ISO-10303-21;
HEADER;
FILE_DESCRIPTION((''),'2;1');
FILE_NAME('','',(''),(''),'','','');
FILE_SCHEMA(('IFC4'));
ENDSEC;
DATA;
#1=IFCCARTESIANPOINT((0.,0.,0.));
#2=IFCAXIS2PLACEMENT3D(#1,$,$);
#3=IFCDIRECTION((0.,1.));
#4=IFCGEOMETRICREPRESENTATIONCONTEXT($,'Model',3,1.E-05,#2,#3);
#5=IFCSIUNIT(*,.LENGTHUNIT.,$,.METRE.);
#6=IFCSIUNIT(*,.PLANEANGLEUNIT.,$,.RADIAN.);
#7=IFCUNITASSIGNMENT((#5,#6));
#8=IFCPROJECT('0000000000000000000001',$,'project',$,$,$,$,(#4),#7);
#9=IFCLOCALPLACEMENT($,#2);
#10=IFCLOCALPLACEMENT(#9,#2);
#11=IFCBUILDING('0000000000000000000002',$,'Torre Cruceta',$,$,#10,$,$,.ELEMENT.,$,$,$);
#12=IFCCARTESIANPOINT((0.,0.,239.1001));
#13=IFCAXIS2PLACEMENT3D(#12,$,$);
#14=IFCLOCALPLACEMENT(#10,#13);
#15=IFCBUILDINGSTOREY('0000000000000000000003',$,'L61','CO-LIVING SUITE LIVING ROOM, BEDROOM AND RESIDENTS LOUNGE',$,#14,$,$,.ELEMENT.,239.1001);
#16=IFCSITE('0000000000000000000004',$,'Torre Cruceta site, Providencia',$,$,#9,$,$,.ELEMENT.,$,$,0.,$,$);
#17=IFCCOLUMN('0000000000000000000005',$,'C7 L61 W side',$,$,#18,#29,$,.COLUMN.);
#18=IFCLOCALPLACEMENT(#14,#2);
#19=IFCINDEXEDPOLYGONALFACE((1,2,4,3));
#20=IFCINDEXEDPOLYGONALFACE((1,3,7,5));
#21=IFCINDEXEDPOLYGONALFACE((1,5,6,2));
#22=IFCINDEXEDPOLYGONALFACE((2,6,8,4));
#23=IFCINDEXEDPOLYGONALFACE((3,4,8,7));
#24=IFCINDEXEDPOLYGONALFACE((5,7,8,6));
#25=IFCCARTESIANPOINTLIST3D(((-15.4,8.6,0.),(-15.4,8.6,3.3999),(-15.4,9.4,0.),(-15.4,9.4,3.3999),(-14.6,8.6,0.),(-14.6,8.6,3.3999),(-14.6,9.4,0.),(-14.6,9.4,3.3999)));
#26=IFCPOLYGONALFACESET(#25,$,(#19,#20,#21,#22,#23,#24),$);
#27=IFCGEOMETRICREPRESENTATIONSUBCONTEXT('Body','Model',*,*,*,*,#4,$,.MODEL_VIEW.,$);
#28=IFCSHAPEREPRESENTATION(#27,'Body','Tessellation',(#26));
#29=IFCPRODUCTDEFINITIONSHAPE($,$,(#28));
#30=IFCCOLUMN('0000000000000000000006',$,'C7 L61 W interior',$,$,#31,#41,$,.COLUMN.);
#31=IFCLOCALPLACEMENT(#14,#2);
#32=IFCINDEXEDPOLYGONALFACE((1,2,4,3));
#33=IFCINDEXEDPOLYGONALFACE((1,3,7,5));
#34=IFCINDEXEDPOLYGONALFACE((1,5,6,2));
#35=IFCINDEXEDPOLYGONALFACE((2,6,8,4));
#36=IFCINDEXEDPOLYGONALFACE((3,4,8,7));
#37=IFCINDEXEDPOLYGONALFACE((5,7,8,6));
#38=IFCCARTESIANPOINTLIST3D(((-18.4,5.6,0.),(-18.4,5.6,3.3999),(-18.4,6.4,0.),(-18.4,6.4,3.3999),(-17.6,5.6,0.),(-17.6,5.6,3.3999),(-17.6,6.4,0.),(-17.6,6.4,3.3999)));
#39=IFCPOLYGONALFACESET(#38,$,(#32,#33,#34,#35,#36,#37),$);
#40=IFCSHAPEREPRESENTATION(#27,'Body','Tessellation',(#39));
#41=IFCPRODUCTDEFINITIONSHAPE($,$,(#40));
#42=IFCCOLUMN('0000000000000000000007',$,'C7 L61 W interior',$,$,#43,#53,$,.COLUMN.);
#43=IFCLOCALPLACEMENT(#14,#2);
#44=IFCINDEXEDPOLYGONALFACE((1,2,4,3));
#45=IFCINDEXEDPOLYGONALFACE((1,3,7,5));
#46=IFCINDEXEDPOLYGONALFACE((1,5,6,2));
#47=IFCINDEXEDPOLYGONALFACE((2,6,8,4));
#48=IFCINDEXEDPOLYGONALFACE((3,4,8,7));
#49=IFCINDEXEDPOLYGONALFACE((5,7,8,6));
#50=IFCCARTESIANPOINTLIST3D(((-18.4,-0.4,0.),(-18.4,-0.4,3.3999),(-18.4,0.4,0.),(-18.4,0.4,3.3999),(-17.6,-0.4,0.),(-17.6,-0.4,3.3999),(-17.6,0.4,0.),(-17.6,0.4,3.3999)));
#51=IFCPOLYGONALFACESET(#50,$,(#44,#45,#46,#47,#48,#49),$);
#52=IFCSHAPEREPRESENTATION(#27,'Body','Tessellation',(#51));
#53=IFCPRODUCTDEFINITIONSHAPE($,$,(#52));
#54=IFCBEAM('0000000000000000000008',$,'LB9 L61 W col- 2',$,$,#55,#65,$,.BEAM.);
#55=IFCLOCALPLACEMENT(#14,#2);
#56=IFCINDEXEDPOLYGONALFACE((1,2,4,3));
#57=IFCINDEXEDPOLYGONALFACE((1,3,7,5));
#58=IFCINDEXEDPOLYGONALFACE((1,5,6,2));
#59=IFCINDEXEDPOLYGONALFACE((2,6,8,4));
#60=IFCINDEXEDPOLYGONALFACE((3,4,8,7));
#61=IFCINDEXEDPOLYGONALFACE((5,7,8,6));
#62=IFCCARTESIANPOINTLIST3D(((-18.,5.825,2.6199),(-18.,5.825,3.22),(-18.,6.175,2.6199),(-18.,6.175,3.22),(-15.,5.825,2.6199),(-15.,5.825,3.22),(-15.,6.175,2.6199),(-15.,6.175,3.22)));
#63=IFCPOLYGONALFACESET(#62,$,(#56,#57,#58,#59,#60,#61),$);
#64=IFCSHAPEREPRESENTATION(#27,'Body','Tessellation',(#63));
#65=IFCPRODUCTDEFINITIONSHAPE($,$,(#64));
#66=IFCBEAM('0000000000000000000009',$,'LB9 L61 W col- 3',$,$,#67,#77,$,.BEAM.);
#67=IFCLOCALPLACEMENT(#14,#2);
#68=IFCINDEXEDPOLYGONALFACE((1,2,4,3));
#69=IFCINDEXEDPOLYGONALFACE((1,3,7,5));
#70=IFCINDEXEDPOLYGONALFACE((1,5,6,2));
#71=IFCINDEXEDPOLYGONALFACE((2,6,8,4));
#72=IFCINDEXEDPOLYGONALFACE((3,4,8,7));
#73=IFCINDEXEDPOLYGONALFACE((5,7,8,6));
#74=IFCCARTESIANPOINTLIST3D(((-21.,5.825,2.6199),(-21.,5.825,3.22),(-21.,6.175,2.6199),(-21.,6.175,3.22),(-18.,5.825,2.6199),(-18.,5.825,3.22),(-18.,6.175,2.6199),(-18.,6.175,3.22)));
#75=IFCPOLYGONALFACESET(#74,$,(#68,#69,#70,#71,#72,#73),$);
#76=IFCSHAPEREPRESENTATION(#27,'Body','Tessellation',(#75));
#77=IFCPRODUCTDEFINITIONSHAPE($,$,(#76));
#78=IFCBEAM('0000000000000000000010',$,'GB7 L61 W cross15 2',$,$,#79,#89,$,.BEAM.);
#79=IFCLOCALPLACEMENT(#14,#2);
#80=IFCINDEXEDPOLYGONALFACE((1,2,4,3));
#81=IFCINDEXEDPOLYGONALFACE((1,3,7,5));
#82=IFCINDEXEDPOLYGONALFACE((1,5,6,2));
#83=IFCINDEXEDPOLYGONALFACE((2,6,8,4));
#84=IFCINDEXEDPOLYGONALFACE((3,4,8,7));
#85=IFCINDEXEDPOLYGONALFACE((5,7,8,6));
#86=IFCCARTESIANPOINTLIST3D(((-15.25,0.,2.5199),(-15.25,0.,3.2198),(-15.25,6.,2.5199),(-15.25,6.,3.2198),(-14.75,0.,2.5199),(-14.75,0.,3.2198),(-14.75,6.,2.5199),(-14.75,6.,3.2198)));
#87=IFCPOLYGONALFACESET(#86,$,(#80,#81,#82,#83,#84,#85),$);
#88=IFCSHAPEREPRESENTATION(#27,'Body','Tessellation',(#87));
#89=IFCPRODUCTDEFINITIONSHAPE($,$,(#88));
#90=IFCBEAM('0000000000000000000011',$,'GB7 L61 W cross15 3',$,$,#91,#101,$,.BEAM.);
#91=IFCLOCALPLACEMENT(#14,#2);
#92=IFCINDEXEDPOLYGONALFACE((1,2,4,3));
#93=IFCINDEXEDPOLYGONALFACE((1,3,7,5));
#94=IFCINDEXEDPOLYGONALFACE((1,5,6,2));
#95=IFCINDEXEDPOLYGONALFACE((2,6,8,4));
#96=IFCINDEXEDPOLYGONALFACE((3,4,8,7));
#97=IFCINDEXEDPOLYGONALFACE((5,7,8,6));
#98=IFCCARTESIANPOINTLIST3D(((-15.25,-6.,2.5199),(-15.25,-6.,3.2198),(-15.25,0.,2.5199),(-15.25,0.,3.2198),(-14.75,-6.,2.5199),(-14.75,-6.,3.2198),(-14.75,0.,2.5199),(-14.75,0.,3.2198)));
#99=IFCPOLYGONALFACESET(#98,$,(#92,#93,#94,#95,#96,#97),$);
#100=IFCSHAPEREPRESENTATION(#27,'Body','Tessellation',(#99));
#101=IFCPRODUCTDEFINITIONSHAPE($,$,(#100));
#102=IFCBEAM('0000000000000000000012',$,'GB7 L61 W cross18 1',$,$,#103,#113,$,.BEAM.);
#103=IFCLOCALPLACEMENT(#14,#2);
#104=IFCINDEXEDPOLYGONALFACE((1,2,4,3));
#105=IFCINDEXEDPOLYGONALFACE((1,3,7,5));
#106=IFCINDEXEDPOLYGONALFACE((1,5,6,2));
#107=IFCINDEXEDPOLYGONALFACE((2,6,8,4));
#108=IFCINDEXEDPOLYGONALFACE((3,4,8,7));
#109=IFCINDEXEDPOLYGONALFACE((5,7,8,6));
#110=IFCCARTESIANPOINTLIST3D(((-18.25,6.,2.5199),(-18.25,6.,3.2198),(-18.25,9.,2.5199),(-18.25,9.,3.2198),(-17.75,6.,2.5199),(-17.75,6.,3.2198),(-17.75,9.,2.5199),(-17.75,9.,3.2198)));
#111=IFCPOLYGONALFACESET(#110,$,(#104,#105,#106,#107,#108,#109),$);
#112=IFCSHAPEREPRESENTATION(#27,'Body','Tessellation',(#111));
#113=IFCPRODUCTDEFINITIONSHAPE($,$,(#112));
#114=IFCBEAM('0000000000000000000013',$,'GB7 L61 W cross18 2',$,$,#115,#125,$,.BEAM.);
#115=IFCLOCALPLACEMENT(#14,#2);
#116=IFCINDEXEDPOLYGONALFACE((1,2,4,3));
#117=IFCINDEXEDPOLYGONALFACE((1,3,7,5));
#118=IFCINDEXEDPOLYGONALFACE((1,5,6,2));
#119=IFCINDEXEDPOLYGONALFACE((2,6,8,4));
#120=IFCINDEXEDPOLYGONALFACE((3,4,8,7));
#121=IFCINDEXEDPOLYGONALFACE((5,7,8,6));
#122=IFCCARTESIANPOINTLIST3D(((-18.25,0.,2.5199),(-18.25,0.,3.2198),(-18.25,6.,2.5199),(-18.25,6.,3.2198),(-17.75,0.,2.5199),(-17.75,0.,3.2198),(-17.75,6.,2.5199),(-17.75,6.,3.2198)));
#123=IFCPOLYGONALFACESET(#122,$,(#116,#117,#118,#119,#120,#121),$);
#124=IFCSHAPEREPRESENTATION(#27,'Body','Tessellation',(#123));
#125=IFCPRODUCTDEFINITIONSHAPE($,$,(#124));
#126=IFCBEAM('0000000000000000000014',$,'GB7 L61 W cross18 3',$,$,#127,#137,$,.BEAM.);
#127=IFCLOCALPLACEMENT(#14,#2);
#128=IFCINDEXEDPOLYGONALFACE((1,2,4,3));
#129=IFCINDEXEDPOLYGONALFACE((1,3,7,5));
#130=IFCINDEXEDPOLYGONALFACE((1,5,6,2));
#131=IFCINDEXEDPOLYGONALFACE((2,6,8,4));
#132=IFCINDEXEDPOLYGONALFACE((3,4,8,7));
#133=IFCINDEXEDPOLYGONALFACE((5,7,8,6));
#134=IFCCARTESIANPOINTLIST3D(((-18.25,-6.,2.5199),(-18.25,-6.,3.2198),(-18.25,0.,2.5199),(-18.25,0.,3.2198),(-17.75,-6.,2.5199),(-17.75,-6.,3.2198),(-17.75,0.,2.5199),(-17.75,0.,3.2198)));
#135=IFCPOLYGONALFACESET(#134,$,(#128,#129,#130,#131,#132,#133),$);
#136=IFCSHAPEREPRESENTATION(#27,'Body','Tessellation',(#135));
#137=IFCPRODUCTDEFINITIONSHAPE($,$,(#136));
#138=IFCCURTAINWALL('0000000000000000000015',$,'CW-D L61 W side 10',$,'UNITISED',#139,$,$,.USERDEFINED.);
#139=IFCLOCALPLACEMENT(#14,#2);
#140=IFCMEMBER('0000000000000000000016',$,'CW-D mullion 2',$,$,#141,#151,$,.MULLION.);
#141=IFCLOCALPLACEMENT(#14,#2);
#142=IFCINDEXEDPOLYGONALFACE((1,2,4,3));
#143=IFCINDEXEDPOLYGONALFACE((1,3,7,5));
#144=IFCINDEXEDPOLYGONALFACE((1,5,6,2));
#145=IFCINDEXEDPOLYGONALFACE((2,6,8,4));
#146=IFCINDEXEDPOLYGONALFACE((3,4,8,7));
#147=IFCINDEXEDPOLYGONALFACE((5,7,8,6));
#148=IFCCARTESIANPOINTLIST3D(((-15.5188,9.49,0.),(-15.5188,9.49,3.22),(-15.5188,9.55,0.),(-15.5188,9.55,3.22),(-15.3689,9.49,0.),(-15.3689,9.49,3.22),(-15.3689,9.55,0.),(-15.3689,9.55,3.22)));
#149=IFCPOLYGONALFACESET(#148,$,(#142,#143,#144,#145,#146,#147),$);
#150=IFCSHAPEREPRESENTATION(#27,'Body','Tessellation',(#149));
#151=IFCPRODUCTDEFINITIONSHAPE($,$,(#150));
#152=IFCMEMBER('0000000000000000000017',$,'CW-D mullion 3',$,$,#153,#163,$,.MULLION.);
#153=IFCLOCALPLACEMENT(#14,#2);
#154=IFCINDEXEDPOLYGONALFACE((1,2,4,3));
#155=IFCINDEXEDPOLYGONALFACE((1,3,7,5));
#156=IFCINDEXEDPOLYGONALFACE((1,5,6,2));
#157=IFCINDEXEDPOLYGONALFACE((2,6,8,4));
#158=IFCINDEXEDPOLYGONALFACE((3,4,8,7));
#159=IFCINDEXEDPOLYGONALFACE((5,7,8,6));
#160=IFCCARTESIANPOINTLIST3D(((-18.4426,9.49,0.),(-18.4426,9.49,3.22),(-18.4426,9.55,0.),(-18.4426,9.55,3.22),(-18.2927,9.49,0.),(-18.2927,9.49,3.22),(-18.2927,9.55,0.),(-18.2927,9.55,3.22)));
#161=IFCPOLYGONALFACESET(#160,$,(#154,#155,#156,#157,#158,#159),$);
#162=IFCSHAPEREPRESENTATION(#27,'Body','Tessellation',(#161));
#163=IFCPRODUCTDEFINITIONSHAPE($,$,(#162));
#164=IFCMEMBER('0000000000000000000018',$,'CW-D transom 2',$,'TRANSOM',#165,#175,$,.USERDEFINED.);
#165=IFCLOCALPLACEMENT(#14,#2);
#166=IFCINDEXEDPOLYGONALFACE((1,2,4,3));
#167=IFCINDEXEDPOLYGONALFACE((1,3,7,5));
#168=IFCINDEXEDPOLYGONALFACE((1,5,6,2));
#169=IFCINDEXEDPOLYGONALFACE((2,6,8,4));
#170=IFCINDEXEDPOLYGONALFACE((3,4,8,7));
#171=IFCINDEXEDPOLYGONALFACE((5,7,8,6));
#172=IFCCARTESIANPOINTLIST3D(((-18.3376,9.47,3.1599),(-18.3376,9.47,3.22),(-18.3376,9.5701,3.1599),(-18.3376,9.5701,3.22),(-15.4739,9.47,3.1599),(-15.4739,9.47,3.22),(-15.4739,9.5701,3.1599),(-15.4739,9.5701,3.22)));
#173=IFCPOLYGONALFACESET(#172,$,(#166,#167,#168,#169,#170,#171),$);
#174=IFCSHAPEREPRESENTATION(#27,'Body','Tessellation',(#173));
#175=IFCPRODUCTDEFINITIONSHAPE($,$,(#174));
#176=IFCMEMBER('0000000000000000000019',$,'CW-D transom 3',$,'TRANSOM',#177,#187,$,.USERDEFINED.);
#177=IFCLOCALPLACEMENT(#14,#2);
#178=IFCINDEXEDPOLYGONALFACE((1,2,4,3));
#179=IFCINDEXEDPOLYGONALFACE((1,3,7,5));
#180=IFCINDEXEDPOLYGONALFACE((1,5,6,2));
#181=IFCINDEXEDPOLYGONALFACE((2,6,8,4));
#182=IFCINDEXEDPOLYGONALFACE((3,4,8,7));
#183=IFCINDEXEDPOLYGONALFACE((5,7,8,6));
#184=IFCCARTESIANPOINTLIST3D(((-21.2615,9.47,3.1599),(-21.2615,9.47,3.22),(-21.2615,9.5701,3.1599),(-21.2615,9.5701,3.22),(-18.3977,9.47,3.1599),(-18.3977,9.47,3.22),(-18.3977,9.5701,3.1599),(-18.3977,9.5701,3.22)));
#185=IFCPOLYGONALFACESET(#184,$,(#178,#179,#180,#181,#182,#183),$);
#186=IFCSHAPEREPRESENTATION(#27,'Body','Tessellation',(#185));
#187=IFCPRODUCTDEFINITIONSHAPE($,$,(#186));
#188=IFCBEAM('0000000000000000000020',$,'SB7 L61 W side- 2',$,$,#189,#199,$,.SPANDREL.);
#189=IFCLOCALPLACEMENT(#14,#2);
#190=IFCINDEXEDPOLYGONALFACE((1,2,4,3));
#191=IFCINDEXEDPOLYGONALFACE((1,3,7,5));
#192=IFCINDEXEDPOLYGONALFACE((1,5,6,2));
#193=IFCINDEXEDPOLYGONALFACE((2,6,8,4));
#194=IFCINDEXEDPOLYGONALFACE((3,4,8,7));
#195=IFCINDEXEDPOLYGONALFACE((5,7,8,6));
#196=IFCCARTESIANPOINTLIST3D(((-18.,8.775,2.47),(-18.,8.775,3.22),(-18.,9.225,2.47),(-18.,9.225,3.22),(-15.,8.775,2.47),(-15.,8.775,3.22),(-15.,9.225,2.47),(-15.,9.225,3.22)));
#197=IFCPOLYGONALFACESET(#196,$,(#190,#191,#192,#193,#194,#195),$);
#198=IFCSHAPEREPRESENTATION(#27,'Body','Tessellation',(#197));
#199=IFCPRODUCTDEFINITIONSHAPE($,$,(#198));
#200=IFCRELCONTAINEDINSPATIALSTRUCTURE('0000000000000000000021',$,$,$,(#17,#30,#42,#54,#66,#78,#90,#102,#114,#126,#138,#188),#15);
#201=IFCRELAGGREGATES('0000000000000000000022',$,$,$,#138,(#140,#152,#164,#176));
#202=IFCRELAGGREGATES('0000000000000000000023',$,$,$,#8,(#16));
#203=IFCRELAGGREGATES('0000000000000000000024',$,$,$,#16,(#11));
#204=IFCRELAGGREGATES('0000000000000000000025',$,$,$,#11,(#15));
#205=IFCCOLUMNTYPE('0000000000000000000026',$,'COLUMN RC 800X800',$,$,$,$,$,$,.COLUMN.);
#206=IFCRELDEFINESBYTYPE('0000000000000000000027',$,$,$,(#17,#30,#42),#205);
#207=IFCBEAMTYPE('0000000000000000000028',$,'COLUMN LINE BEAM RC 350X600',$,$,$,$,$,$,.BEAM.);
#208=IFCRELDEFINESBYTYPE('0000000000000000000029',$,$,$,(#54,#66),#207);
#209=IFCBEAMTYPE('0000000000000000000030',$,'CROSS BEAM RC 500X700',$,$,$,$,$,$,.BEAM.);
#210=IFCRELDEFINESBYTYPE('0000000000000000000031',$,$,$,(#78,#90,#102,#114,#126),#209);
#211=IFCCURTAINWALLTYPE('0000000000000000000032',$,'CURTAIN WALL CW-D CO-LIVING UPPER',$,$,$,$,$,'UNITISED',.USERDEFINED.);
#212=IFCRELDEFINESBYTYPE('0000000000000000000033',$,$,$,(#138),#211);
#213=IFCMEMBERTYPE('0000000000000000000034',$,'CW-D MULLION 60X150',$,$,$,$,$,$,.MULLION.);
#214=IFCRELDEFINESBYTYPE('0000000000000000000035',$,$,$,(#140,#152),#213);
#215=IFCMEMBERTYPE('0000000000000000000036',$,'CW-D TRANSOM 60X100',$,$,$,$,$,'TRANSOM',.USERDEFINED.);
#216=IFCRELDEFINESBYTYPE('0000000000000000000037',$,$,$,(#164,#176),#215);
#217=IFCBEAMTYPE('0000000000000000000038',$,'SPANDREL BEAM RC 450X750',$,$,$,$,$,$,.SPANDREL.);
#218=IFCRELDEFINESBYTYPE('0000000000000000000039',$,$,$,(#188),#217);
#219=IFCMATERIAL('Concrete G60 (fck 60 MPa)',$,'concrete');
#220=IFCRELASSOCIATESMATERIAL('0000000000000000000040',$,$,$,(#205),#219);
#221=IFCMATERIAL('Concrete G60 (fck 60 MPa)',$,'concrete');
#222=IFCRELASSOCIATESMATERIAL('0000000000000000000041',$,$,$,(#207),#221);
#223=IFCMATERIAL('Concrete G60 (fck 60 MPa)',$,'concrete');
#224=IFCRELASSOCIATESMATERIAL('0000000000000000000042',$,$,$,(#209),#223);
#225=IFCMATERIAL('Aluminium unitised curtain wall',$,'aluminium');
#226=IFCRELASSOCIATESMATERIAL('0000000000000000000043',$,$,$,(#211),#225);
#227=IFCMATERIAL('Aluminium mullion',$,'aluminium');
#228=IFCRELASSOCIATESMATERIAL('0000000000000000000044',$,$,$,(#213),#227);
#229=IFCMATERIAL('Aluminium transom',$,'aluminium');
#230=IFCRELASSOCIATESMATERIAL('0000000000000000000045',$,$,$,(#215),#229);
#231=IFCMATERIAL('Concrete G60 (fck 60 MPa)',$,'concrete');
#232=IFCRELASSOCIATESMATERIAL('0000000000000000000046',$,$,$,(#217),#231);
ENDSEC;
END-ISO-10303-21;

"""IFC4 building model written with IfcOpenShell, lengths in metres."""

from ifc_helpers import new_model, si_unit, direction, frame, origin, origin_2d, place, context, subcontext, project, spatial, rectangle, extrude, material, material_profile, profile_set, type_object, element, aggregate, save


model = new_model("IFC4")

# Units and contexts
model_context = context("Model", 3, precision=1e-05, world=origin(), true_north=direction((0.0, 1.0)))
body_context = subcontext(model_context, "Body", "Model", "MODEL_VIEW")
ifc_project = project(units=[si_unit("LENGTHUNIT", "METRE"), si_unit("PLANEANGLEUNIT", "RADIAN")], contexts=[model_context])

# Site, building, storey
site_placement = place(None, origin())
site = spatial("IfcSite", under=ifc_project, at=site_placement, Name="Torre Cruceta site, Providencia", CompositionType="ELEMENT", RefElevation=0.0)
building_placement = place(site_placement, origin())
building = spatial("IfcBuilding", under=site, at=building_placement, Name="Torre Cruceta", CompositionType="ELEMENT")
storey_placement = place(building_placement, frame((0.0, 0.0, 239.1001)))
storey = spatial("IfcBuildingStorey", under=building, at=storey_placement, Name="L61", Description="CO-LIVING SUITE LIVING ROOM, BEDROOM AND RESIDENTS LOUNGE", CompositionType="ELEMENT", Elevation=239.1001)

# Columns
ifc_material_1 = material(Name="Concrete G60 (fck 60 MPa)", Category="concrete")
ifc_material_profile_1 = material_profile(ifc_material_1, rectangle(XDim=0.8, YDim=0.8, at=origin_2d()), Name="RC 800X800")
ifc_profile_set_1 = profile_set([ifc_material_profile_1], Name="Concrete G60 (fck 60 MPa)")
column_type = type_object("IfcColumnType", Name="COLUMN RC 800X800", PredefinedType="COLUMN", material=ifc_profile_set_1)
for number, where, z_axis, x_axis, name in (
    (1, (-15.0, 9.0, 0.0), (0.0, 0.0, 1.0), (1.0, 0.0, 0.0), "C7 L61 W side"),
    (2, (-18.0, 6.0, 0.0), (0.0, 0.0, 1.0), (1.0, 0.0, 0.0), "C7 L61 W interior"),
    (3, (-18.0, 0.0, 0.0), (0.0, 0.0, 1.0), (1.0, 0.0, 0.0), "C7 L61 W interior"),
):
    element("IfcColumn", number, at=place(storey_placement, frame(where, z_axis=z_axis, x_axis=x_axis)), inside=storey, type_object=column_type, Name=name, PredefinedType="COLUMN", context=body_context, shape_type="SweptSolid", body=[
        extrude(rectangle(XDim=0.8, YDim=0.8, at=origin_2d()), origin(), (0.0, 0.0, 1.0), 3.3999),
    ])

# Beams
ifc_material_2 = material(Name="Concrete G60 (fck 60 MPa)", Category="concrete")
ifc_material_profile_2 = material_profile(ifc_material_2, rectangle(XDim=0.3501, YDim=0.6001, at=origin_2d()), Name="RC 350X600")
ifc_profile_set_2 = profile_set([ifc_material_profile_2], Name="Concrete G60 (fck 60 MPa)")
beam_type_1 = type_object("IfcBeamType", Name="COLUMN LINE BEAM RC 350X600", PredefinedType="BEAM", material=ifc_profile_set_2)
for number, where, z_axis, x_axis, name in (
    (4, (-15.0, 6.0, 2.9199), (-1.0, 0.0, 0.0), (0.0, -1.0, 0.0), "LB9 L61 W col- 2"),
    (5, (-18.0, 6.0, 2.9199), (-1.0, 0.0, 0.0), (0.0, -1.0, 0.0), "LB9 L61 W col- 3"),
):
    element("IfcBeam", number, at=place(storey_placement, frame(where, z_axis=z_axis, x_axis=x_axis)), inside=storey, type_object=beam_type_1, Name=name, PredefinedType="BEAM", context=body_context, shape_type="SweptSolid", body=[
        extrude(rectangle(XDim=0.3501, YDim=0.6001, at=origin_2d()), origin(), (0.0, 0.0, 1.0), 3.0),
    ])
ifc_material_3 = material(Name="Concrete G60 (fck 60 MPa)", Category="concrete")
ifc_material_profile_3 = material_profile(ifc_material_3, rectangle(XDim=0.5, YDim=0.7, at=origin_2d()), Name="RC 500X700")
ifc_profile_set_3 = profile_set([ifc_material_profile_3], Name="Concrete G60 (fck 60 MPa)")
beam_type_2 = type_object("IfcBeamType", Name="CROSS BEAM RC 500X700", PredefinedType="BEAM", material=ifc_profile_set_3)
for number, where, z_axis, x_axis, name in (
    (6, (-15.0, 6.0, 2.8699), (0.0, -1.0, 0.0), (1.0, 0.0, 0.0), "GB7 L61 W cross15 2"),
    (7, (-15.0, 0.0, 2.8699), (0.0, -1.0, 0.0), (1.0, 0.0, 0.0), "GB7 L61 W cross15 3"),
):
    element("IfcBeam", number, at=place(storey_placement, frame(where, z_axis=z_axis, x_axis=x_axis)), inside=storey, type_object=beam_type_2, Name=name, PredefinedType="BEAM", context=body_context, shape_type="SweptSolid", body=[
        extrude(rectangle(XDim=0.5, YDim=0.7, at=origin_2d()), origin(), (0.0, 0.0, 1.0), 6.0),
    ])
beam_placement = place(storey_placement, frame((-18.0, 9.0, 2.8699), z_axis=(0.0, -1.0, 0.0), x_axis=(1.0, 0.0, 0.0)))
element("IfcBeam", 8, at=beam_placement, inside=storey, type_object=beam_type_2, Name="GB7 L61 W cross18 1", PredefinedType="BEAM", context=body_context, shape_type="SweptSolid", body=[
    extrude(rectangle(XDim=0.5, YDim=0.7, at=origin_2d()), origin(), (0.0, 0.0, 1.0), 3.0),
])
for number, where, z_axis, x_axis, name in (
    (9, (-18.0, 6.0, 2.8699), (0.0, -1.0, 0.0), (1.0, 0.0, 0.0), "GB7 L61 W cross18 2"),
    (10, (-18.0, 0.0, 2.8699), (0.0, -1.0, 0.0), (1.0, 0.0, 0.0), "GB7 L61 W cross18 3"),
):
    element("IfcBeam", number, at=place(storey_placement, frame(where, z_axis=z_axis, x_axis=x_axis)), inside=storey, type_object=beam_type_2, Name=name, PredefinedType="BEAM", context=body_context, shape_type="SweptSolid", body=[
        extrude(rectangle(XDim=0.5, YDim=0.7, at=origin_2d()), origin(), (0.0, 0.0, 1.0), 6.0),
    ])

# Curtain wall, members
ifc_material_4 = material(Name="Aluminium unitised curtain wall", Category="aluminium")
curtain_wall_type = type_object("IfcCurtainWallType", Name="CURTAIN WALL CW-D CO-LIVING UPPER", ElementType="UNITISED", PredefinedType="USERDEFINED", material=ifc_material_4)
curtain_wall_placement = place(storey_placement, origin())
curtain_wall = element("IfcCurtainWall", 11, at=curtain_wall_placement, inside=storey, type_object=curtain_wall_type, Name="CW-D L61 W side 10", ObjectType="UNITISED", PredefinedType="USERDEFINED")
ifc_material_5 = material(Name="Aluminium mullion", Category="aluminium")
ifc_material_profile_4 = material_profile(ifc_material_5, rectangle(XDim=0.0601, YDim=0.1499, at=origin_2d()), Name="AL 60X150")
ifc_profile_set_4 = profile_set([ifc_material_profile_4], Name="Aluminium mullion")
member_type_1 = type_object("IfcMemberType", Name="CW-D MULLION 60X150", PredefinedType="MULLION", material=ifc_profile_set_4)
member_1_placement = place(storey_placement, frame((-15.4438, 9.52, 0.0), z_axis=(0.0, 0.0, 1.0), x_axis=(0.0, -1.0, 0.0)))
member_1 = element("IfcMember", 12, at=member_1_placement, type_object=member_type_1, Name="CW-D mullion 2", PredefinedType="MULLION", context=body_context, shape_type="SweptSolid", body=[
    extrude(rectangle(XDim=0.0601, YDim=0.1499, at=origin_2d()), origin(), (0.0, 0.0, 1.0), 3.22),
])
member_2_placement = place(storey_placement, frame((-18.3677, 9.52, 0.0), z_axis=(0.0, 0.0, 1.0), x_axis=(0.0, -1.0, 0.0)))
member_2 = element("IfcMember", 13, at=member_2_placement, type_object=member_type_1, Name="CW-D mullion 3", PredefinedType="MULLION", context=body_context, shape_type="SweptSolid", body=[
    extrude(rectangle(XDim=0.0601, YDim=0.1499, at=origin_2d()), origin(), (0.0, 0.0, 1.0), 3.22),
])
ifc_material_6 = material(Name="Aluminium transom", Category="aluminium")
ifc_material_profile_5 = material_profile(ifc_material_6, rectangle(XDim=0.1001, YDim=0.0601, at=origin_2d()), Name="AL 100X60")
ifc_profile_set_5 = profile_set([ifc_material_profile_5], Name="Aluminium transom")
member_type_2 = type_object("IfcMemberType", Name="CW-D TRANSOM 60X100", ElementType="TRANSOM", PredefinedType="USERDEFINED", material=ifc_profile_set_5)
member_3_placement = place(storey_placement, frame((-15.4739, 9.52, 3.1899), z_axis=(-1.0, 0.0, 0.0), x_axis=(0.0, -1.0, 0.0)))
member_3 = element("IfcMember", 14, at=member_3_placement, type_object=member_type_2, Name="CW-D transom 2", ObjectType="TRANSOM", PredefinedType="USERDEFINED", context=body_context, shape_type="SweptSolid", body=[
    extrude(rectangle(XDim=0.1001, YDim=0.0601, at=origin_2d()), origin(), (0.0, 0.0, 1.0), 2.8638),
])
member_4_placement = place(storey_placement, frame((-18.3977, 9.52, 3.1899), z_axis=(-1.0, 0.0, 0.0), x_axis=(0.0, -1.0, 0.0)))
member_4 = element("IfcMember", 15, at=member_4_placement, type_object=member_type_2, Name="CW-D transom 3", ObjectType="TRANSOM", PredefinedType="USERDEFINED", context=body_context, shape_type="SweptSolid", body=[
    extrude(rectangle(XDim=0.1001, YDim=0.0601, at=origin_2d()), origin(), (0.0, 0.0, 1.0), 2.8638),
])

# Beam
ifc_material_7 = material(Name="Concrete G60 (fck 60 MPa)", Category="concrete")
ifc_material_profile_6 = material_profile(ifc_material_7, rectangle(XDim=0.45, YDim=0.75, at=origin_2d()), Name="RC 450X750")
ifc_profile_set_6 = profile_set([ifc_material_profile_6], Name="Concrete G60 (fck 60 MPa)")
beam_type_3 = type_object("IfcBeamType", Name="SPANDREL BEAM RC 450X750", PredefinedType="SPANDREL", material=ifc_profile_set_6)
for number, where, z_axis, x_axis, name in (
    (16, (-15.0, 9.0, 2.845), (-1.0, 0.0, 0.0), (0.0, -1.0, 0.0), "SB7 L61 W side- 2"),
):
    element("IfcBeam", number, at=place(storey_placement, frame(where, z_axis=z_axis, x_axis=x_axis)), inside=storey, type_object=beam_type_3, Name=name, PredefinedType="SPANDREL", context=body_context, shape_type="SweptSolid", body=[
        extrude(rectangle(XDim=0.45, YDim=0.75, at=origin_2d()), origin(), (0.0, 0.0, 1.0), 3.0),
    ])

aggregate(curtain_wall, [member_1, member_2, member_3, member_4])

save(model, "model.ifc")
